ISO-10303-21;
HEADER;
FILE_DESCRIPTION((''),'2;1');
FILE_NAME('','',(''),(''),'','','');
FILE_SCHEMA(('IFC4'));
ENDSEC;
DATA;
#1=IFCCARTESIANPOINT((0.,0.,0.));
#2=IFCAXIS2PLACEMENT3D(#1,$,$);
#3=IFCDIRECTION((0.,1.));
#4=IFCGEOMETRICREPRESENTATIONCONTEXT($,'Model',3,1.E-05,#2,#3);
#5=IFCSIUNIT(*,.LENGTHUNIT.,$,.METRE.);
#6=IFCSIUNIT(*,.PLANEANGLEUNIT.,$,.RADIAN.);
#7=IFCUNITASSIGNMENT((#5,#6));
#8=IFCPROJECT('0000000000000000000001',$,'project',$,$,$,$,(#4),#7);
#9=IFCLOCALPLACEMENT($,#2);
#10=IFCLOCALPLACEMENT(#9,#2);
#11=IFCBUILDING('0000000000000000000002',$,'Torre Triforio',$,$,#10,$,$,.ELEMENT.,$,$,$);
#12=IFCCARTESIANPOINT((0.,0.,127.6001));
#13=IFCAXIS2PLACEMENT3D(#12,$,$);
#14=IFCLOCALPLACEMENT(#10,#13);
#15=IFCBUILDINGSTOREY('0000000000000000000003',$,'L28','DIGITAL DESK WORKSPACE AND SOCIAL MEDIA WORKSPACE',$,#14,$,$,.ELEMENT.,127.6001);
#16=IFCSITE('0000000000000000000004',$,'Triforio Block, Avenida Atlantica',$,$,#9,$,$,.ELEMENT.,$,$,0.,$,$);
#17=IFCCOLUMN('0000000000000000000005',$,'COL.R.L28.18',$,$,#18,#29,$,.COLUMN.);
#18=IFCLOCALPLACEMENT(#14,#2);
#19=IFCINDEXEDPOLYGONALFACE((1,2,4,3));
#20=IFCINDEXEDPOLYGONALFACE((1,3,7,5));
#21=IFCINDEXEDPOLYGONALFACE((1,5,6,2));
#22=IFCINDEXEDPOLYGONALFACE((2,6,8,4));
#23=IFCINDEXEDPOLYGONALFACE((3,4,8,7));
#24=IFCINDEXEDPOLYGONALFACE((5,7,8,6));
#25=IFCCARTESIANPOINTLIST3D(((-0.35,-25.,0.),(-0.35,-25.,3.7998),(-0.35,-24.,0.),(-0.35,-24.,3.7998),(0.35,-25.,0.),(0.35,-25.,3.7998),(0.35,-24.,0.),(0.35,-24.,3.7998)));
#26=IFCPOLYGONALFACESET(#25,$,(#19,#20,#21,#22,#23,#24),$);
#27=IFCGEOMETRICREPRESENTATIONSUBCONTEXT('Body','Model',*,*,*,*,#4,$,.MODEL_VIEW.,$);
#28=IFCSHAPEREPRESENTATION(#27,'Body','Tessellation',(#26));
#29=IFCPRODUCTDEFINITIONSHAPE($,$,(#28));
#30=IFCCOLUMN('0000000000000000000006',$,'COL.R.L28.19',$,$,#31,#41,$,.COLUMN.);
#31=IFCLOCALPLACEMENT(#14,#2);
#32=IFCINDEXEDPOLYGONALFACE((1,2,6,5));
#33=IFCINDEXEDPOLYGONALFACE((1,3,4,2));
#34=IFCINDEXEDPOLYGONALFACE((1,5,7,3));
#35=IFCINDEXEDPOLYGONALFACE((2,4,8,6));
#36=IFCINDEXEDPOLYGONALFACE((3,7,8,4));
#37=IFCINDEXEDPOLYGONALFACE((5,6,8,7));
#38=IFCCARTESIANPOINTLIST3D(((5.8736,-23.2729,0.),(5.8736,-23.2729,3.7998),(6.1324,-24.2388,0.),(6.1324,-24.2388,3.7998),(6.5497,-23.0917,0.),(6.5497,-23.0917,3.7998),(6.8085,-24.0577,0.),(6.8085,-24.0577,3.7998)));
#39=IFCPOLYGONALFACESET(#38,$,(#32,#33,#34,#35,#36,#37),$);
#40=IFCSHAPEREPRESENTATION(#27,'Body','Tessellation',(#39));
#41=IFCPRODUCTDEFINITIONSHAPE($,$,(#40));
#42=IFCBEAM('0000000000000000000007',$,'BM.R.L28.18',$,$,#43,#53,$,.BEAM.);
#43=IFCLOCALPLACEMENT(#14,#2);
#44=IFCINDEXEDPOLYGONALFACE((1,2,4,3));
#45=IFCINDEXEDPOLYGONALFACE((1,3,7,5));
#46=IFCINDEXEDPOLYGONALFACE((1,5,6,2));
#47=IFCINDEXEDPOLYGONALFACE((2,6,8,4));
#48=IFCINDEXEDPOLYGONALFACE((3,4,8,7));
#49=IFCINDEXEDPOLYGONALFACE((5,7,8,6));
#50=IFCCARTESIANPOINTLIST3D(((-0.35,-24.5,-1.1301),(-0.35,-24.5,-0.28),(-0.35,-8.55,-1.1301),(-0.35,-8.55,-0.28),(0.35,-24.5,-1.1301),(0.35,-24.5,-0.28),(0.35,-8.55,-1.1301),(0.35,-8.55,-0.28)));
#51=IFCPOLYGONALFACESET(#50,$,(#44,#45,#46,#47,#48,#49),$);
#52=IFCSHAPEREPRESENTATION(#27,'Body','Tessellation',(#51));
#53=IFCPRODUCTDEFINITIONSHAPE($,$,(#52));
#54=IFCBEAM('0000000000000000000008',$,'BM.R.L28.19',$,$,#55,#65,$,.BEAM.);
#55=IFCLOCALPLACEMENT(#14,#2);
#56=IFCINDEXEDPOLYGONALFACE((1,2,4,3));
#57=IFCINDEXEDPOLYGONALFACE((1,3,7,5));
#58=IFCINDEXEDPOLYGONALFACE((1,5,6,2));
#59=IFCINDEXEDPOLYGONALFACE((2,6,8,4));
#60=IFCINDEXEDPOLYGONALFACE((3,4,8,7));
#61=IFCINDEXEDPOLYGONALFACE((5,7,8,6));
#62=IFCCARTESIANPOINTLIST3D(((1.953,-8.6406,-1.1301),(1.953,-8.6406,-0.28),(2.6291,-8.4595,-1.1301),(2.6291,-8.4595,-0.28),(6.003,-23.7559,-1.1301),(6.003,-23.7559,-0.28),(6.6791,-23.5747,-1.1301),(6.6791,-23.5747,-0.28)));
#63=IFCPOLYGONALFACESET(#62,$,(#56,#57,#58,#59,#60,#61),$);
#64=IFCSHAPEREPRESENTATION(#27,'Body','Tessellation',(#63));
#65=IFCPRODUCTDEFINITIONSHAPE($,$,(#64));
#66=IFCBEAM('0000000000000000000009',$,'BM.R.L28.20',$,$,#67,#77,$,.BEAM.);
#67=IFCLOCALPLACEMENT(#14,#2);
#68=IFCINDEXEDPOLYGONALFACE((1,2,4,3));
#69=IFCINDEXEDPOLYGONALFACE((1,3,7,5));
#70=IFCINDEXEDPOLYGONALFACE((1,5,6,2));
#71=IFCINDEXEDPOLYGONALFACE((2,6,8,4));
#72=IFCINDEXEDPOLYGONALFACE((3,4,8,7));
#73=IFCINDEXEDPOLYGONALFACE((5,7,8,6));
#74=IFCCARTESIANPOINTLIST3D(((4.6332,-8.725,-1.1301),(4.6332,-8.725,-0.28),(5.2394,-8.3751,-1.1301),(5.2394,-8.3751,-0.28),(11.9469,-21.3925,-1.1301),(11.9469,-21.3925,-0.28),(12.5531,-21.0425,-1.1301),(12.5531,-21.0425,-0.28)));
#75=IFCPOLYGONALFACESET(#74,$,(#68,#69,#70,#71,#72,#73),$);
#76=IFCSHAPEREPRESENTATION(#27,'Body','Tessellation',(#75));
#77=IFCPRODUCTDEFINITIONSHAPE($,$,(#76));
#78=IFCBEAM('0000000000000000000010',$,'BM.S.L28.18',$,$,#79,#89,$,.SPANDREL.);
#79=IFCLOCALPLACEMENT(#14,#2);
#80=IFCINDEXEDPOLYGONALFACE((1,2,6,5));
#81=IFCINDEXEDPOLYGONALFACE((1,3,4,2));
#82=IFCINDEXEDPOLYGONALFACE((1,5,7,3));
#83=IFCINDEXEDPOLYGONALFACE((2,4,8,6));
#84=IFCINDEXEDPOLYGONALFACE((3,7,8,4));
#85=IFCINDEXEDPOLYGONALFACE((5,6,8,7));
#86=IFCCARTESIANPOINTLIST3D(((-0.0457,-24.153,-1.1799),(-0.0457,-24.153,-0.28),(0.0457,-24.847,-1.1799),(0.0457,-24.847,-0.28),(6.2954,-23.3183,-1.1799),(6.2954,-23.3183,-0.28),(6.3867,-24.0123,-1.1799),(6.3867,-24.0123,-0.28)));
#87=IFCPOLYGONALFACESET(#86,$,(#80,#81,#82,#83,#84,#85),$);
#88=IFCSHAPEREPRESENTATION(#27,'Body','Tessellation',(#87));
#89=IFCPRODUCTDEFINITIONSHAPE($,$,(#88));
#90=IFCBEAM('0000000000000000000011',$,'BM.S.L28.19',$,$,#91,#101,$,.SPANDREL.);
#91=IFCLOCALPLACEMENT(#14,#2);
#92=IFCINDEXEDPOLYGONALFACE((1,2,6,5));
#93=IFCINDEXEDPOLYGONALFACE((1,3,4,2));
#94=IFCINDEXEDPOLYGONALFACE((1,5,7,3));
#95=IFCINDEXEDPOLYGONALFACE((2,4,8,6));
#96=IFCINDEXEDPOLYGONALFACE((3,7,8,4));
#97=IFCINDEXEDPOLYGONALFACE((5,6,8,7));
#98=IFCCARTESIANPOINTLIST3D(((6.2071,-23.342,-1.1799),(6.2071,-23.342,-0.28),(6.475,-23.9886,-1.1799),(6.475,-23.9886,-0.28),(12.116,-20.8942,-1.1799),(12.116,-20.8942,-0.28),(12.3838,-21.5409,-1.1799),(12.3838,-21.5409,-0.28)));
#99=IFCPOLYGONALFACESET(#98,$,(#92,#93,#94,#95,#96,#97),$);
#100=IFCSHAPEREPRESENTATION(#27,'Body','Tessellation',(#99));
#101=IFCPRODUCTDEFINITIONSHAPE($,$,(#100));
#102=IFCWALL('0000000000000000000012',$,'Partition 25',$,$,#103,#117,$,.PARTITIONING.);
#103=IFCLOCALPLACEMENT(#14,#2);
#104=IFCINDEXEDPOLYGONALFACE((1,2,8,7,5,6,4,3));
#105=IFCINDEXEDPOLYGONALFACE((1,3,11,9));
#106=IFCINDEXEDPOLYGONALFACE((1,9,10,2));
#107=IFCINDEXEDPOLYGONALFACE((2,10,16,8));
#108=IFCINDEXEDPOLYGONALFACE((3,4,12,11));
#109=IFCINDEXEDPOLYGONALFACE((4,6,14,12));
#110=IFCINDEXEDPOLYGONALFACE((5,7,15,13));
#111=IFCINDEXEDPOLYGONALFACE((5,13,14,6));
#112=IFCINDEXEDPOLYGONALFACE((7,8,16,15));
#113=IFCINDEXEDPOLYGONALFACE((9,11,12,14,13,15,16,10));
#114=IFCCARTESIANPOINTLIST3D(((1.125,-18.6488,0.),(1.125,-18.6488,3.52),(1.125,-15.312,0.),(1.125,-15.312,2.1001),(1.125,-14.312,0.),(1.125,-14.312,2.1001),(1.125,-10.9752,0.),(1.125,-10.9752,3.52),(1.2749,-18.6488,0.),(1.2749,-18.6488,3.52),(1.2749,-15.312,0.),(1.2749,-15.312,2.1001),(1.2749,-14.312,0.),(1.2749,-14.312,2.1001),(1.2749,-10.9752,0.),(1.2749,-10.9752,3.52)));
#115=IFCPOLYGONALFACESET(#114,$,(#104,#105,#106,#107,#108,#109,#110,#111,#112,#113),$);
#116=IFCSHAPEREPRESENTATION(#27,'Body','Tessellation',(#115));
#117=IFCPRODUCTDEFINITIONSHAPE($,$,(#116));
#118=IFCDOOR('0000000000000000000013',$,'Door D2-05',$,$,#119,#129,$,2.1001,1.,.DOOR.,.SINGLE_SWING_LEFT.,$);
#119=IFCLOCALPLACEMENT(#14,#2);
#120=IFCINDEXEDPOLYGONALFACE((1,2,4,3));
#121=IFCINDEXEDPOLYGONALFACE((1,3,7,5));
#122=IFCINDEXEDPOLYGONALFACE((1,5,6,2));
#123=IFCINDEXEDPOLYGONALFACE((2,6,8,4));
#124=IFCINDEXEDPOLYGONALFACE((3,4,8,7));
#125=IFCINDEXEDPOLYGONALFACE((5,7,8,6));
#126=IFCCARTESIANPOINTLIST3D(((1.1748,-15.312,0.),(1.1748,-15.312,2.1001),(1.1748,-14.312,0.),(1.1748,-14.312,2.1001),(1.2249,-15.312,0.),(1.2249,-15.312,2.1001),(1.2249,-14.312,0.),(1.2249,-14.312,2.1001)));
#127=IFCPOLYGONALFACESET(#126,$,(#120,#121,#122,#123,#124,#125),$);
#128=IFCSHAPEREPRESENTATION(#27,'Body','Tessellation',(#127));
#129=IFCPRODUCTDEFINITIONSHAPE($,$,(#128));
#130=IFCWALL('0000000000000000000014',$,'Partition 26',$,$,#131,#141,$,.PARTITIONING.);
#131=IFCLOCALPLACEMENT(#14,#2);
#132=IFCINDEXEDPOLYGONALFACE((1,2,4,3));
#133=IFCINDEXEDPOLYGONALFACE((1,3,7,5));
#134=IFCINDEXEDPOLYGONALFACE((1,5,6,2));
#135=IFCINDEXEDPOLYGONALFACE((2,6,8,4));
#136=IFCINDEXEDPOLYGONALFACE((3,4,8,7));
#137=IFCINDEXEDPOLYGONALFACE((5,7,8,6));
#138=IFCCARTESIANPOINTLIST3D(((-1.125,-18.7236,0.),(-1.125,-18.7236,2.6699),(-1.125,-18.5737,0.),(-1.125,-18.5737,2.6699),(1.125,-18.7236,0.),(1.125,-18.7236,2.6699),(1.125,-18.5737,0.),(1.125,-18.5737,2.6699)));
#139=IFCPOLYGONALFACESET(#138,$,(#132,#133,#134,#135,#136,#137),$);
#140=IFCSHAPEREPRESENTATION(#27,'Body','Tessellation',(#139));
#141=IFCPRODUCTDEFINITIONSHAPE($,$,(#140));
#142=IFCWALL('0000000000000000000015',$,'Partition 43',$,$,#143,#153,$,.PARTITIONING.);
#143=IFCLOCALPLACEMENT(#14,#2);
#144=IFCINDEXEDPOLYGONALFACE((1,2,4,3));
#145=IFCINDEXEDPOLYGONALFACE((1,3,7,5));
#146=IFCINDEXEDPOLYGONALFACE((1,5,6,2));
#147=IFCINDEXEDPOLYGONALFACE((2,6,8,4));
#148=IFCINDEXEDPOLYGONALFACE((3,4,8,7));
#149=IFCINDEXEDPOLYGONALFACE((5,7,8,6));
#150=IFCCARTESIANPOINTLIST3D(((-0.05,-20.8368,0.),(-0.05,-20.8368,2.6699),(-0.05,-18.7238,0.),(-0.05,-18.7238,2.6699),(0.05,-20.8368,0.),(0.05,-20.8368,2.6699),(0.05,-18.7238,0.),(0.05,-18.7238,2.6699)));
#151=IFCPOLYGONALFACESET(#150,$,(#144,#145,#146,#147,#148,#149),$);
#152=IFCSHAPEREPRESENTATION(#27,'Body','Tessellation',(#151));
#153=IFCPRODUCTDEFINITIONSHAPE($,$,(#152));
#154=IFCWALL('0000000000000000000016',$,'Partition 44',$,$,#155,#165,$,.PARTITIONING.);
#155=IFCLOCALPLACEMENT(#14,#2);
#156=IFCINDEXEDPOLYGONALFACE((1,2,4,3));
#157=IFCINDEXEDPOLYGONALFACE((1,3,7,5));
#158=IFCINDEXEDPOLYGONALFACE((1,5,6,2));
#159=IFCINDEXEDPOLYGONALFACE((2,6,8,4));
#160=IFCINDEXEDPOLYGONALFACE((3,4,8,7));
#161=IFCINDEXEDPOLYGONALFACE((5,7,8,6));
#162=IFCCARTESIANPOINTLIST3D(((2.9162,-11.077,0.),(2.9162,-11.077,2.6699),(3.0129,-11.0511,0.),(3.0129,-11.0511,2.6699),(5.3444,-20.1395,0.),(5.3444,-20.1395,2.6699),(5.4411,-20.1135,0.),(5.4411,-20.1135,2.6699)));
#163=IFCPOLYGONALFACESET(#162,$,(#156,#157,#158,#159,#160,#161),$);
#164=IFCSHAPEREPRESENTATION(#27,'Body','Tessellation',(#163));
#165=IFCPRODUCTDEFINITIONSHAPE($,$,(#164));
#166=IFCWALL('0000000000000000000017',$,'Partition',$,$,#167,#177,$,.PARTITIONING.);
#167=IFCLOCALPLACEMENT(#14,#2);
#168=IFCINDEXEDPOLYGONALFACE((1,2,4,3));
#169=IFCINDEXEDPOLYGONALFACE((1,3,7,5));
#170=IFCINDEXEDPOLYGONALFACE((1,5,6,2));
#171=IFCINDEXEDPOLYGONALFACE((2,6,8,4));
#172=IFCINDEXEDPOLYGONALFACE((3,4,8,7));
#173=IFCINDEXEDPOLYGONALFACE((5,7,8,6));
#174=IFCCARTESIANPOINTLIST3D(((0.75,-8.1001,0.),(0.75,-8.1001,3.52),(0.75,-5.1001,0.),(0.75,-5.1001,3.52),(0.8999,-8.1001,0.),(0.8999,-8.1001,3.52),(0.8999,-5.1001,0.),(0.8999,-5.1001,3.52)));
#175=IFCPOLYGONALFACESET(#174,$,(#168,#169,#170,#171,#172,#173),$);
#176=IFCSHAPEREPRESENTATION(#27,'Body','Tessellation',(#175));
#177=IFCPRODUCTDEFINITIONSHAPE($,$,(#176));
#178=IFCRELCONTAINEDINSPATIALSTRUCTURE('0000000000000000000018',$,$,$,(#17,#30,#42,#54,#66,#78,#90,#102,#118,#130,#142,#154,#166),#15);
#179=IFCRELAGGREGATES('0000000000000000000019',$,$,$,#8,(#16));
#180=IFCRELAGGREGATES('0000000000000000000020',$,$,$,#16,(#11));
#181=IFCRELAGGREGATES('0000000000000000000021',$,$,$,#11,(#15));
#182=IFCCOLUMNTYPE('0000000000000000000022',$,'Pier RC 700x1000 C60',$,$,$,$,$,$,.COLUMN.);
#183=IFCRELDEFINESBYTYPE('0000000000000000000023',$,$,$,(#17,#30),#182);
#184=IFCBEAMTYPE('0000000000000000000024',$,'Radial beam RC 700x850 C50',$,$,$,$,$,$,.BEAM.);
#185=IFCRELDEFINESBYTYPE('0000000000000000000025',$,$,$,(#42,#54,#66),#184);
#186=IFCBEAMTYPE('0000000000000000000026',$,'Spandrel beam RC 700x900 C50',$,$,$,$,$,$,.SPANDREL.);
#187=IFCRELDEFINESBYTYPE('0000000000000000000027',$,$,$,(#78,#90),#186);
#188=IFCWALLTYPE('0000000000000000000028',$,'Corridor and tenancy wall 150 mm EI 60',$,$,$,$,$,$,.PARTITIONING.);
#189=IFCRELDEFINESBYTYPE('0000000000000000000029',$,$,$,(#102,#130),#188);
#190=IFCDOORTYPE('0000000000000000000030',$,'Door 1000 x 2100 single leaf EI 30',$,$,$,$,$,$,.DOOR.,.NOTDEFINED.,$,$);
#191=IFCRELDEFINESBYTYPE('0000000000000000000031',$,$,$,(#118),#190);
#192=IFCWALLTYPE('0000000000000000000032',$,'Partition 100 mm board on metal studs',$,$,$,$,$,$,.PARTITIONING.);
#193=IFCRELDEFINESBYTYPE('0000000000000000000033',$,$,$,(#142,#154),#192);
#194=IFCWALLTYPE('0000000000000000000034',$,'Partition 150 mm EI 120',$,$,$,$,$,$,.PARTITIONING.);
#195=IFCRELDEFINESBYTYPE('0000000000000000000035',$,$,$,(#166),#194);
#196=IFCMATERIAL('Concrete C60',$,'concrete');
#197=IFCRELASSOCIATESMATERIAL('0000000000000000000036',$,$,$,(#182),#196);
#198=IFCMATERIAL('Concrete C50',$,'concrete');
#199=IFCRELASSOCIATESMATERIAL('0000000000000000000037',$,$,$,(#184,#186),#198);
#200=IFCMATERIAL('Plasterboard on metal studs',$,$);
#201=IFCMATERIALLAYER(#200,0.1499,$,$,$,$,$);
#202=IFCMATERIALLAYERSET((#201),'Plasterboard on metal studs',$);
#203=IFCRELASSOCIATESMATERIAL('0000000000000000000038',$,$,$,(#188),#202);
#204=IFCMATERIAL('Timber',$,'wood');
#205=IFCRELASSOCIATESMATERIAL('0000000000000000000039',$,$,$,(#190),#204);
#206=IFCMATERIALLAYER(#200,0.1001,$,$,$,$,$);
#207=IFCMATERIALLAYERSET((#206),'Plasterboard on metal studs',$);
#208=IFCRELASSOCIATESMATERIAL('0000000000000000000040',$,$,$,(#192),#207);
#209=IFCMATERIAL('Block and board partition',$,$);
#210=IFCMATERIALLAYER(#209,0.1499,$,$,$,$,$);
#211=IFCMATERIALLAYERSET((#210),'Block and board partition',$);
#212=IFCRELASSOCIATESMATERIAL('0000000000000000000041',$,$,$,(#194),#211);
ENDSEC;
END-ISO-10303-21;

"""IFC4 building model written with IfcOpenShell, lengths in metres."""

from ifc_helpers import new_model, si_unit, direction, frame, frame_2d, origin, origin_2d, place, context, subcontext, project, spatial, rectangle, extrude, material, layer, layer_set, material_profile, profile_set, type_object, element, fill, save


model = new_model("IFC4")

# Units and contexts
model_context = context("Model", 3, precision=1e-05, world=origin(), true_north=direction((0.0, 1.0)))
body_context = subcontext(model_context, "Body", "Model", "MODEL_VIEW")
ifc_project = project(units=[si_unit("LENGTHUNIT", "METRE"), si_unit("PLANEANGLEUNIT", "RADIAN")], contexts=[model_context])

# Site, building, storey
site_placement = place(None, origin())
site = spatial("IfcSite", under=ifc_project, at=site_placement, Name="Triforio Block, Avenida Atlantica", CompositionType="ELEMENT", RefElevation=0.0)
building_placement = place(site_placement, origin())
building = spatial("IfcBuilding", under=site, at=building_placement, Name="Torre Triforio", CompositionType="ELEMENT")
storey_placement = place(building_placement, frame((0.0, 0.0, 127.6001)))
storey = spatial("IfcBuildingStorey", under=building, at=storey_placement, Name="L28", Description="DIGITAL DESK WORKSPACE AND SOCIAL MEDIA WORKSPACE", CompositionType="ELEMENT", Elevation=127.6001)

# Columns
ifc_material_1 = material(Name="Concrete C60", Category="concrete")
ifc_material_profile_1 = material_profile(ifc_material_1, rectangle(XDim=0.7, YDim=1.0, at=origin_2d()), Name="RC 700x1000")
ifc_profile_set_1 = profile_set([ifc_material_profile_1], Name="Concrete C60")
column_type = type_object("IfcColumnType", Name="Pier RC 700x1000 C60", PredefinedType="COLUMN", material=ifc_profile_set_1)
for number, where, z_axis, x_axis, name in (
    (1, (0.0, -24.5, 0.0), (0.0, 0.0, 1.0), (1.0, 0.0, 0.0), "COL.R.L28.18"),
    (2, (6.3411, -23.6653, 0.0), (0.0, 0.0, 1.0), (0.965926, 0.258819, 0.0), "COL.R.L28.19"),
):
    element("IfcColumn", number, at=place(storey_placement, frame(where, z_axis=z_axis, x_axis=x_axis)), inside=storey, type_object=column_type, Name=name, PredefinedType="COLUMN", context=body_context, shape_type="SweptSolid", body=[
        extrude(rectangle(XDim=0.7, YDim=1.0, at=origin_2d()), origin(), (0.0, 0.0, 1.0), 3.7998),
    ])

# Beams
ifc_material_2 = material(Name="Concrete C50", Category="concrete")
ifc_material_profile_2 = material_profile(ifc_material_2, rectangle(XDim=0.7, YDim=0.8501, at=origin_2d()), Name="RC 700x850")
ifc_profile_set_2 = profile_set([ifc_material_profile_2], Name="Concrete C50")
beam_type_1 = type_object("IfcBeamType", Name="Radial beam RC 700x850 C50", PredefinedType="BEAM", material=ifc_profile_set_2)
beam_1_placement = place(storey_placement, frame((0.0, -8.55, -0.7051), z_axis=(0.0, -1.0, 0.0), x_axis=(1.0, 0.0, 0.0)))
element("IfcBeam", 3, at=beam_1_placement, inside=storey, type_object=beam_type_1, Name="BM.R.L28.18", PredefinedType="BEAM", context=body_context, shape_type="SweptSolid", body=[
    extrude(rectangle(XDim=0.7, YDim=0.8501, at=origin_2d()), origin(), (0.0, 0.0, 1.0), 15.95),
])
beam_2_placement = place(storey_placement, frame((2.291, -8.55, -0.7051), z_axis=(0.258815, -0.965927, 0.0), x_axis=(0.965927, 0.258815, 0.0)))
element("IfcBeam", 4, at=beam_2_placement, inside=storey, type_object=beam_type_1, Name="BM.R.L28.19", PredefinedType="BEAM", context=body_context, shape_type="SweptSolid", body=[
    extrude(rectangle(XDim=0.7, YDim=0.8501, at=origin_2d()), origin(), (0.0, 0.0, 1.0), 15.6484),
])
beam_3_placement = place(storey_placement, frame((4.9363, -8.55, -0.7051), z_axis=(0.500008, -0.866021, 0.0), x_axis=(0.866021, 0.500008, 0.0)))
element("IfcBeam", 5, at=beam_3_placement, inside=storey, type_object=beam_type_1, Name="BM.R.L28.20", PredefinedType="BEAM", context=body_context, shape_type="SweptSolid", body=[
    extrude(rectangle(XDim=0.7, YDim=0.8501, at=origin_2d()), origin(), (0.0, 0.0, 1.0), 14.6272),
])
ifc_material_profile_3 = material_profile(ifc_material_2, rectangle(XDim=0.7, YDim=0.8999, at=origin_2d()), Name="RC 700x900")
ifc_profile_set_3 = profile_set([ifc_material_profile_3], Name="Concrete C50")
beam_type_2 = type_object("IfcBeamType", Name="Spandrel beam RC 700x900 C50", PredefinedType="SPANDREL", material=ifc_profile_set_3)
for number, where, z_axis, x_axis, name in (
    (6, (0.0, -24.5, -0.73), (0.991447, 0.130511, 0.0), (-0.130511, 0.991447, 0.0), "BM.S.L28.18"),
    (7, (6.3411, -23.6653, -0.73), (0.923869, 0.382709, 0.0), (-0.382709, 0.923869, 0.0), "BM.S.L28.19"),
):
    element("IfcBeam", number, at=place(storey_placement, frame(where, z_axis=z_axis, x_axis=x_axis)), inside=storey, type_object=beam_type_2, Name=name, PredefinedType="SPANDREL", context=body_context, shape_type="SweptSolid", body=[
        extrude(rectangle(XDim=0.7, YDim=0.8999, at=origin_2d()), origin(), (0.0, 0.0, 1.0), 6.3958),
    ])

# Wall, opening, door
ifc_material_3 = material(Name="Plasterboard on metal studs")
ifc_layer_1 = layer(ifc_material_3, 0.1499)
ifc_layer_set_1 = layer_set([ifc_layer_1], Name="Plasterboard on metal studs")
wall_type_1 = type_object("IfcWallType", Name="Corridor and tenancy wall 150 mm EI 60", PredefinedType="PARTITIONING", material=ifc_layer_set_1)
wall_1_placement = place(storey_placement, frame((1.2, -10.9751, 0.0), z_axis=(0.0, 0.0, 1.0), x_axis=(0.0, -1.0, 0.0)))
wall_1 = element("IfcWall", 8, at=wall_1_placement, inside=storey, type_object=wall_type_1, Name="Partition 25", PredefinedType="PARTITIONING", context=body_context, shape_type="SweptSolid", body=[
    extrude(rectangle(XDim=7.6736, YDim=0.1499, at=frame_2d((3.8369, 0.0))), origin(), (0.0, 0.0, 1.0), 3.52),
])
opening_1_placement = place(wall_1_placement, frame((3.3369, 0.0, 0.0)))
opening_1 = element("IfcOpeningElement", 9, at=opening_1_placement, cuts=wall_1, PredefinedType="OPENING", context=body_context, shape_type="SweptSolid", body=[
    extrude(rectangle(XDim=1.0, YDim=2.1001, at=frame_2d((0.5, 1.05))), frame((0.0, 0.085, 0.0), z_axis=(0.0, -1.0, 0.0), x_axis=(1.0, 0.0, 0.0)), (0.0, 0.0, 1.0), 0.1699),
])
ifc_material_4 = material(Name="Timber", Category="wood")
door_type_1 = type_object("IfcDoorType", Name="Door 1000 x 2100 single leaf EI 30", OperationType="NOTDEFINED", PredefinedType="DOOR", material=ifc_material_4)
door_1_placement = place(opening_1_placement, origin())
door_1 = element("IfcDoor", 10, at=door_1_placement, inside=storey, type_object=door_type_1, Name="Door D2-05", OperationType="SINGLE_SWING_LEFT", OverallHeight=2.1001, OverallWidth=1.0, PredefinedType="DOOR", context=body_context, shape_type="SweptSolid", body=[
    extrude(rectangle(XDim=1.0, YDim=2.1001, at=frame_2d((0.5, 1.05))), frame((0.0, 0.0249, 0.0), z_axis=(0.0, -1.0, 0.0), x_axis=(1.0, 0.0, 0.0)), (0.0, 0.0, 1.0), 0.05),
])
fill(opening_1, door_1)

# Walls
wall_2_placement = place(storey_placement, frame((1.125, -18.6487, 0.0), z_axis=(0.0, 0.0, 1.0), x_axis=(-1.0, 0.0, 0.0)))
element("IfcWall", 11, at=wall_2_placement, inside=storey, type_object=wall_type_1, Name="Partition 26", PredefinedType="PARTITIONING", context=body_context, shape_type="SweptSolid", body=[
    extrude(rectangle(XDim=2.25, YDim=0.1499, at=frame_2d((1.125, 0.0))), origin(), (0.0, 0.0, 1.0), 2.6699),
])
ifc_layer_2 = layer(ifc_material_3, 0.1001)
ifc_layer_set_2 = layer_set([ifc_layer_2], Name="Plasterboard on metal studs")
wall_type_2 = type_object("IfcWallType", Name="Partition 100 mm board on metal studs", PredefinedType="PARTITIONING", material=ifc_layer_set_2)
wall_3_placement = place(storey_placement, frame((0.0, -18.7236, 0.0), z_axis=(0.0, 0.0, 1.0), x_axis=(0.0, -1.0, 0.0)))
element("IfcWall", 12, at=wall_3_placement, inside=storey, type_object=wall_type_2, Name="Partition 43", PredefinedType="PARTITIONING", context=body_context, shape_type="SweptSolid", body=[
    extrude(rectangle(XDim=2.113, YDim=0.1001, at=frame_2d((1.0566, 0.0))), origin(), (0.0, 0.0, 1.0), 2.6699),
])
wall_4_placement = place(storey_placement, frame((2.9646, -11.0642, 0.0), z_axis=(0.0, 0.0, 1.0), x_axis=(0.258812, -0.965928, 0.0)))
element("IfcWall", 13, at=wall_4_placement, inside=storey, type_object=wall_type_2, Name="Partition 44", PredefinedType="PARTITIONING", context=body_context, shape_type="SweptSolid", body=[
    extrude(rectangle(XDim=9.3821, YDim=0.1001, at=frame_2d((4.6909, 0.0))), origin(), (0.0, 0.0, 1.0), 2.6699),
])
ifc_material_5 = material(Name="Block and board partition")
ifc_layer_3 = layer(ifc_material_5, 0.1499)
ifc_layer_set_3 = layer_set([ifc_layer_3], Name="Block and board partition")
wall_type_3 = type_object("IfcWallType", Name="Partition 150 mm EI 120", PredefinedType="PARTITIONING", material=ifc_layer_set_3)
wall_5_placement = place(storey_placement, frame((0.825, -8.1001, 0.0), z_axis=(0.0, 0.0, 1.0), x_axis=(0.0, 1.0, 0.0)))
element("IfcWall", 14, at=wall_5_placement, inside=storey, type_object=wall_type_3, Name="Partition", PredefinedType="PARTITIONING", context=body_context, shape_type="SweptSolid", body=[
    extrude(rectangle(XDim=3.0, YDim=0.1499, at=frame_2d((1.5, 0.0))), origin(), (0.0, 0.0, 1.0), 3.52),
])

save(model, "model.ifc")
